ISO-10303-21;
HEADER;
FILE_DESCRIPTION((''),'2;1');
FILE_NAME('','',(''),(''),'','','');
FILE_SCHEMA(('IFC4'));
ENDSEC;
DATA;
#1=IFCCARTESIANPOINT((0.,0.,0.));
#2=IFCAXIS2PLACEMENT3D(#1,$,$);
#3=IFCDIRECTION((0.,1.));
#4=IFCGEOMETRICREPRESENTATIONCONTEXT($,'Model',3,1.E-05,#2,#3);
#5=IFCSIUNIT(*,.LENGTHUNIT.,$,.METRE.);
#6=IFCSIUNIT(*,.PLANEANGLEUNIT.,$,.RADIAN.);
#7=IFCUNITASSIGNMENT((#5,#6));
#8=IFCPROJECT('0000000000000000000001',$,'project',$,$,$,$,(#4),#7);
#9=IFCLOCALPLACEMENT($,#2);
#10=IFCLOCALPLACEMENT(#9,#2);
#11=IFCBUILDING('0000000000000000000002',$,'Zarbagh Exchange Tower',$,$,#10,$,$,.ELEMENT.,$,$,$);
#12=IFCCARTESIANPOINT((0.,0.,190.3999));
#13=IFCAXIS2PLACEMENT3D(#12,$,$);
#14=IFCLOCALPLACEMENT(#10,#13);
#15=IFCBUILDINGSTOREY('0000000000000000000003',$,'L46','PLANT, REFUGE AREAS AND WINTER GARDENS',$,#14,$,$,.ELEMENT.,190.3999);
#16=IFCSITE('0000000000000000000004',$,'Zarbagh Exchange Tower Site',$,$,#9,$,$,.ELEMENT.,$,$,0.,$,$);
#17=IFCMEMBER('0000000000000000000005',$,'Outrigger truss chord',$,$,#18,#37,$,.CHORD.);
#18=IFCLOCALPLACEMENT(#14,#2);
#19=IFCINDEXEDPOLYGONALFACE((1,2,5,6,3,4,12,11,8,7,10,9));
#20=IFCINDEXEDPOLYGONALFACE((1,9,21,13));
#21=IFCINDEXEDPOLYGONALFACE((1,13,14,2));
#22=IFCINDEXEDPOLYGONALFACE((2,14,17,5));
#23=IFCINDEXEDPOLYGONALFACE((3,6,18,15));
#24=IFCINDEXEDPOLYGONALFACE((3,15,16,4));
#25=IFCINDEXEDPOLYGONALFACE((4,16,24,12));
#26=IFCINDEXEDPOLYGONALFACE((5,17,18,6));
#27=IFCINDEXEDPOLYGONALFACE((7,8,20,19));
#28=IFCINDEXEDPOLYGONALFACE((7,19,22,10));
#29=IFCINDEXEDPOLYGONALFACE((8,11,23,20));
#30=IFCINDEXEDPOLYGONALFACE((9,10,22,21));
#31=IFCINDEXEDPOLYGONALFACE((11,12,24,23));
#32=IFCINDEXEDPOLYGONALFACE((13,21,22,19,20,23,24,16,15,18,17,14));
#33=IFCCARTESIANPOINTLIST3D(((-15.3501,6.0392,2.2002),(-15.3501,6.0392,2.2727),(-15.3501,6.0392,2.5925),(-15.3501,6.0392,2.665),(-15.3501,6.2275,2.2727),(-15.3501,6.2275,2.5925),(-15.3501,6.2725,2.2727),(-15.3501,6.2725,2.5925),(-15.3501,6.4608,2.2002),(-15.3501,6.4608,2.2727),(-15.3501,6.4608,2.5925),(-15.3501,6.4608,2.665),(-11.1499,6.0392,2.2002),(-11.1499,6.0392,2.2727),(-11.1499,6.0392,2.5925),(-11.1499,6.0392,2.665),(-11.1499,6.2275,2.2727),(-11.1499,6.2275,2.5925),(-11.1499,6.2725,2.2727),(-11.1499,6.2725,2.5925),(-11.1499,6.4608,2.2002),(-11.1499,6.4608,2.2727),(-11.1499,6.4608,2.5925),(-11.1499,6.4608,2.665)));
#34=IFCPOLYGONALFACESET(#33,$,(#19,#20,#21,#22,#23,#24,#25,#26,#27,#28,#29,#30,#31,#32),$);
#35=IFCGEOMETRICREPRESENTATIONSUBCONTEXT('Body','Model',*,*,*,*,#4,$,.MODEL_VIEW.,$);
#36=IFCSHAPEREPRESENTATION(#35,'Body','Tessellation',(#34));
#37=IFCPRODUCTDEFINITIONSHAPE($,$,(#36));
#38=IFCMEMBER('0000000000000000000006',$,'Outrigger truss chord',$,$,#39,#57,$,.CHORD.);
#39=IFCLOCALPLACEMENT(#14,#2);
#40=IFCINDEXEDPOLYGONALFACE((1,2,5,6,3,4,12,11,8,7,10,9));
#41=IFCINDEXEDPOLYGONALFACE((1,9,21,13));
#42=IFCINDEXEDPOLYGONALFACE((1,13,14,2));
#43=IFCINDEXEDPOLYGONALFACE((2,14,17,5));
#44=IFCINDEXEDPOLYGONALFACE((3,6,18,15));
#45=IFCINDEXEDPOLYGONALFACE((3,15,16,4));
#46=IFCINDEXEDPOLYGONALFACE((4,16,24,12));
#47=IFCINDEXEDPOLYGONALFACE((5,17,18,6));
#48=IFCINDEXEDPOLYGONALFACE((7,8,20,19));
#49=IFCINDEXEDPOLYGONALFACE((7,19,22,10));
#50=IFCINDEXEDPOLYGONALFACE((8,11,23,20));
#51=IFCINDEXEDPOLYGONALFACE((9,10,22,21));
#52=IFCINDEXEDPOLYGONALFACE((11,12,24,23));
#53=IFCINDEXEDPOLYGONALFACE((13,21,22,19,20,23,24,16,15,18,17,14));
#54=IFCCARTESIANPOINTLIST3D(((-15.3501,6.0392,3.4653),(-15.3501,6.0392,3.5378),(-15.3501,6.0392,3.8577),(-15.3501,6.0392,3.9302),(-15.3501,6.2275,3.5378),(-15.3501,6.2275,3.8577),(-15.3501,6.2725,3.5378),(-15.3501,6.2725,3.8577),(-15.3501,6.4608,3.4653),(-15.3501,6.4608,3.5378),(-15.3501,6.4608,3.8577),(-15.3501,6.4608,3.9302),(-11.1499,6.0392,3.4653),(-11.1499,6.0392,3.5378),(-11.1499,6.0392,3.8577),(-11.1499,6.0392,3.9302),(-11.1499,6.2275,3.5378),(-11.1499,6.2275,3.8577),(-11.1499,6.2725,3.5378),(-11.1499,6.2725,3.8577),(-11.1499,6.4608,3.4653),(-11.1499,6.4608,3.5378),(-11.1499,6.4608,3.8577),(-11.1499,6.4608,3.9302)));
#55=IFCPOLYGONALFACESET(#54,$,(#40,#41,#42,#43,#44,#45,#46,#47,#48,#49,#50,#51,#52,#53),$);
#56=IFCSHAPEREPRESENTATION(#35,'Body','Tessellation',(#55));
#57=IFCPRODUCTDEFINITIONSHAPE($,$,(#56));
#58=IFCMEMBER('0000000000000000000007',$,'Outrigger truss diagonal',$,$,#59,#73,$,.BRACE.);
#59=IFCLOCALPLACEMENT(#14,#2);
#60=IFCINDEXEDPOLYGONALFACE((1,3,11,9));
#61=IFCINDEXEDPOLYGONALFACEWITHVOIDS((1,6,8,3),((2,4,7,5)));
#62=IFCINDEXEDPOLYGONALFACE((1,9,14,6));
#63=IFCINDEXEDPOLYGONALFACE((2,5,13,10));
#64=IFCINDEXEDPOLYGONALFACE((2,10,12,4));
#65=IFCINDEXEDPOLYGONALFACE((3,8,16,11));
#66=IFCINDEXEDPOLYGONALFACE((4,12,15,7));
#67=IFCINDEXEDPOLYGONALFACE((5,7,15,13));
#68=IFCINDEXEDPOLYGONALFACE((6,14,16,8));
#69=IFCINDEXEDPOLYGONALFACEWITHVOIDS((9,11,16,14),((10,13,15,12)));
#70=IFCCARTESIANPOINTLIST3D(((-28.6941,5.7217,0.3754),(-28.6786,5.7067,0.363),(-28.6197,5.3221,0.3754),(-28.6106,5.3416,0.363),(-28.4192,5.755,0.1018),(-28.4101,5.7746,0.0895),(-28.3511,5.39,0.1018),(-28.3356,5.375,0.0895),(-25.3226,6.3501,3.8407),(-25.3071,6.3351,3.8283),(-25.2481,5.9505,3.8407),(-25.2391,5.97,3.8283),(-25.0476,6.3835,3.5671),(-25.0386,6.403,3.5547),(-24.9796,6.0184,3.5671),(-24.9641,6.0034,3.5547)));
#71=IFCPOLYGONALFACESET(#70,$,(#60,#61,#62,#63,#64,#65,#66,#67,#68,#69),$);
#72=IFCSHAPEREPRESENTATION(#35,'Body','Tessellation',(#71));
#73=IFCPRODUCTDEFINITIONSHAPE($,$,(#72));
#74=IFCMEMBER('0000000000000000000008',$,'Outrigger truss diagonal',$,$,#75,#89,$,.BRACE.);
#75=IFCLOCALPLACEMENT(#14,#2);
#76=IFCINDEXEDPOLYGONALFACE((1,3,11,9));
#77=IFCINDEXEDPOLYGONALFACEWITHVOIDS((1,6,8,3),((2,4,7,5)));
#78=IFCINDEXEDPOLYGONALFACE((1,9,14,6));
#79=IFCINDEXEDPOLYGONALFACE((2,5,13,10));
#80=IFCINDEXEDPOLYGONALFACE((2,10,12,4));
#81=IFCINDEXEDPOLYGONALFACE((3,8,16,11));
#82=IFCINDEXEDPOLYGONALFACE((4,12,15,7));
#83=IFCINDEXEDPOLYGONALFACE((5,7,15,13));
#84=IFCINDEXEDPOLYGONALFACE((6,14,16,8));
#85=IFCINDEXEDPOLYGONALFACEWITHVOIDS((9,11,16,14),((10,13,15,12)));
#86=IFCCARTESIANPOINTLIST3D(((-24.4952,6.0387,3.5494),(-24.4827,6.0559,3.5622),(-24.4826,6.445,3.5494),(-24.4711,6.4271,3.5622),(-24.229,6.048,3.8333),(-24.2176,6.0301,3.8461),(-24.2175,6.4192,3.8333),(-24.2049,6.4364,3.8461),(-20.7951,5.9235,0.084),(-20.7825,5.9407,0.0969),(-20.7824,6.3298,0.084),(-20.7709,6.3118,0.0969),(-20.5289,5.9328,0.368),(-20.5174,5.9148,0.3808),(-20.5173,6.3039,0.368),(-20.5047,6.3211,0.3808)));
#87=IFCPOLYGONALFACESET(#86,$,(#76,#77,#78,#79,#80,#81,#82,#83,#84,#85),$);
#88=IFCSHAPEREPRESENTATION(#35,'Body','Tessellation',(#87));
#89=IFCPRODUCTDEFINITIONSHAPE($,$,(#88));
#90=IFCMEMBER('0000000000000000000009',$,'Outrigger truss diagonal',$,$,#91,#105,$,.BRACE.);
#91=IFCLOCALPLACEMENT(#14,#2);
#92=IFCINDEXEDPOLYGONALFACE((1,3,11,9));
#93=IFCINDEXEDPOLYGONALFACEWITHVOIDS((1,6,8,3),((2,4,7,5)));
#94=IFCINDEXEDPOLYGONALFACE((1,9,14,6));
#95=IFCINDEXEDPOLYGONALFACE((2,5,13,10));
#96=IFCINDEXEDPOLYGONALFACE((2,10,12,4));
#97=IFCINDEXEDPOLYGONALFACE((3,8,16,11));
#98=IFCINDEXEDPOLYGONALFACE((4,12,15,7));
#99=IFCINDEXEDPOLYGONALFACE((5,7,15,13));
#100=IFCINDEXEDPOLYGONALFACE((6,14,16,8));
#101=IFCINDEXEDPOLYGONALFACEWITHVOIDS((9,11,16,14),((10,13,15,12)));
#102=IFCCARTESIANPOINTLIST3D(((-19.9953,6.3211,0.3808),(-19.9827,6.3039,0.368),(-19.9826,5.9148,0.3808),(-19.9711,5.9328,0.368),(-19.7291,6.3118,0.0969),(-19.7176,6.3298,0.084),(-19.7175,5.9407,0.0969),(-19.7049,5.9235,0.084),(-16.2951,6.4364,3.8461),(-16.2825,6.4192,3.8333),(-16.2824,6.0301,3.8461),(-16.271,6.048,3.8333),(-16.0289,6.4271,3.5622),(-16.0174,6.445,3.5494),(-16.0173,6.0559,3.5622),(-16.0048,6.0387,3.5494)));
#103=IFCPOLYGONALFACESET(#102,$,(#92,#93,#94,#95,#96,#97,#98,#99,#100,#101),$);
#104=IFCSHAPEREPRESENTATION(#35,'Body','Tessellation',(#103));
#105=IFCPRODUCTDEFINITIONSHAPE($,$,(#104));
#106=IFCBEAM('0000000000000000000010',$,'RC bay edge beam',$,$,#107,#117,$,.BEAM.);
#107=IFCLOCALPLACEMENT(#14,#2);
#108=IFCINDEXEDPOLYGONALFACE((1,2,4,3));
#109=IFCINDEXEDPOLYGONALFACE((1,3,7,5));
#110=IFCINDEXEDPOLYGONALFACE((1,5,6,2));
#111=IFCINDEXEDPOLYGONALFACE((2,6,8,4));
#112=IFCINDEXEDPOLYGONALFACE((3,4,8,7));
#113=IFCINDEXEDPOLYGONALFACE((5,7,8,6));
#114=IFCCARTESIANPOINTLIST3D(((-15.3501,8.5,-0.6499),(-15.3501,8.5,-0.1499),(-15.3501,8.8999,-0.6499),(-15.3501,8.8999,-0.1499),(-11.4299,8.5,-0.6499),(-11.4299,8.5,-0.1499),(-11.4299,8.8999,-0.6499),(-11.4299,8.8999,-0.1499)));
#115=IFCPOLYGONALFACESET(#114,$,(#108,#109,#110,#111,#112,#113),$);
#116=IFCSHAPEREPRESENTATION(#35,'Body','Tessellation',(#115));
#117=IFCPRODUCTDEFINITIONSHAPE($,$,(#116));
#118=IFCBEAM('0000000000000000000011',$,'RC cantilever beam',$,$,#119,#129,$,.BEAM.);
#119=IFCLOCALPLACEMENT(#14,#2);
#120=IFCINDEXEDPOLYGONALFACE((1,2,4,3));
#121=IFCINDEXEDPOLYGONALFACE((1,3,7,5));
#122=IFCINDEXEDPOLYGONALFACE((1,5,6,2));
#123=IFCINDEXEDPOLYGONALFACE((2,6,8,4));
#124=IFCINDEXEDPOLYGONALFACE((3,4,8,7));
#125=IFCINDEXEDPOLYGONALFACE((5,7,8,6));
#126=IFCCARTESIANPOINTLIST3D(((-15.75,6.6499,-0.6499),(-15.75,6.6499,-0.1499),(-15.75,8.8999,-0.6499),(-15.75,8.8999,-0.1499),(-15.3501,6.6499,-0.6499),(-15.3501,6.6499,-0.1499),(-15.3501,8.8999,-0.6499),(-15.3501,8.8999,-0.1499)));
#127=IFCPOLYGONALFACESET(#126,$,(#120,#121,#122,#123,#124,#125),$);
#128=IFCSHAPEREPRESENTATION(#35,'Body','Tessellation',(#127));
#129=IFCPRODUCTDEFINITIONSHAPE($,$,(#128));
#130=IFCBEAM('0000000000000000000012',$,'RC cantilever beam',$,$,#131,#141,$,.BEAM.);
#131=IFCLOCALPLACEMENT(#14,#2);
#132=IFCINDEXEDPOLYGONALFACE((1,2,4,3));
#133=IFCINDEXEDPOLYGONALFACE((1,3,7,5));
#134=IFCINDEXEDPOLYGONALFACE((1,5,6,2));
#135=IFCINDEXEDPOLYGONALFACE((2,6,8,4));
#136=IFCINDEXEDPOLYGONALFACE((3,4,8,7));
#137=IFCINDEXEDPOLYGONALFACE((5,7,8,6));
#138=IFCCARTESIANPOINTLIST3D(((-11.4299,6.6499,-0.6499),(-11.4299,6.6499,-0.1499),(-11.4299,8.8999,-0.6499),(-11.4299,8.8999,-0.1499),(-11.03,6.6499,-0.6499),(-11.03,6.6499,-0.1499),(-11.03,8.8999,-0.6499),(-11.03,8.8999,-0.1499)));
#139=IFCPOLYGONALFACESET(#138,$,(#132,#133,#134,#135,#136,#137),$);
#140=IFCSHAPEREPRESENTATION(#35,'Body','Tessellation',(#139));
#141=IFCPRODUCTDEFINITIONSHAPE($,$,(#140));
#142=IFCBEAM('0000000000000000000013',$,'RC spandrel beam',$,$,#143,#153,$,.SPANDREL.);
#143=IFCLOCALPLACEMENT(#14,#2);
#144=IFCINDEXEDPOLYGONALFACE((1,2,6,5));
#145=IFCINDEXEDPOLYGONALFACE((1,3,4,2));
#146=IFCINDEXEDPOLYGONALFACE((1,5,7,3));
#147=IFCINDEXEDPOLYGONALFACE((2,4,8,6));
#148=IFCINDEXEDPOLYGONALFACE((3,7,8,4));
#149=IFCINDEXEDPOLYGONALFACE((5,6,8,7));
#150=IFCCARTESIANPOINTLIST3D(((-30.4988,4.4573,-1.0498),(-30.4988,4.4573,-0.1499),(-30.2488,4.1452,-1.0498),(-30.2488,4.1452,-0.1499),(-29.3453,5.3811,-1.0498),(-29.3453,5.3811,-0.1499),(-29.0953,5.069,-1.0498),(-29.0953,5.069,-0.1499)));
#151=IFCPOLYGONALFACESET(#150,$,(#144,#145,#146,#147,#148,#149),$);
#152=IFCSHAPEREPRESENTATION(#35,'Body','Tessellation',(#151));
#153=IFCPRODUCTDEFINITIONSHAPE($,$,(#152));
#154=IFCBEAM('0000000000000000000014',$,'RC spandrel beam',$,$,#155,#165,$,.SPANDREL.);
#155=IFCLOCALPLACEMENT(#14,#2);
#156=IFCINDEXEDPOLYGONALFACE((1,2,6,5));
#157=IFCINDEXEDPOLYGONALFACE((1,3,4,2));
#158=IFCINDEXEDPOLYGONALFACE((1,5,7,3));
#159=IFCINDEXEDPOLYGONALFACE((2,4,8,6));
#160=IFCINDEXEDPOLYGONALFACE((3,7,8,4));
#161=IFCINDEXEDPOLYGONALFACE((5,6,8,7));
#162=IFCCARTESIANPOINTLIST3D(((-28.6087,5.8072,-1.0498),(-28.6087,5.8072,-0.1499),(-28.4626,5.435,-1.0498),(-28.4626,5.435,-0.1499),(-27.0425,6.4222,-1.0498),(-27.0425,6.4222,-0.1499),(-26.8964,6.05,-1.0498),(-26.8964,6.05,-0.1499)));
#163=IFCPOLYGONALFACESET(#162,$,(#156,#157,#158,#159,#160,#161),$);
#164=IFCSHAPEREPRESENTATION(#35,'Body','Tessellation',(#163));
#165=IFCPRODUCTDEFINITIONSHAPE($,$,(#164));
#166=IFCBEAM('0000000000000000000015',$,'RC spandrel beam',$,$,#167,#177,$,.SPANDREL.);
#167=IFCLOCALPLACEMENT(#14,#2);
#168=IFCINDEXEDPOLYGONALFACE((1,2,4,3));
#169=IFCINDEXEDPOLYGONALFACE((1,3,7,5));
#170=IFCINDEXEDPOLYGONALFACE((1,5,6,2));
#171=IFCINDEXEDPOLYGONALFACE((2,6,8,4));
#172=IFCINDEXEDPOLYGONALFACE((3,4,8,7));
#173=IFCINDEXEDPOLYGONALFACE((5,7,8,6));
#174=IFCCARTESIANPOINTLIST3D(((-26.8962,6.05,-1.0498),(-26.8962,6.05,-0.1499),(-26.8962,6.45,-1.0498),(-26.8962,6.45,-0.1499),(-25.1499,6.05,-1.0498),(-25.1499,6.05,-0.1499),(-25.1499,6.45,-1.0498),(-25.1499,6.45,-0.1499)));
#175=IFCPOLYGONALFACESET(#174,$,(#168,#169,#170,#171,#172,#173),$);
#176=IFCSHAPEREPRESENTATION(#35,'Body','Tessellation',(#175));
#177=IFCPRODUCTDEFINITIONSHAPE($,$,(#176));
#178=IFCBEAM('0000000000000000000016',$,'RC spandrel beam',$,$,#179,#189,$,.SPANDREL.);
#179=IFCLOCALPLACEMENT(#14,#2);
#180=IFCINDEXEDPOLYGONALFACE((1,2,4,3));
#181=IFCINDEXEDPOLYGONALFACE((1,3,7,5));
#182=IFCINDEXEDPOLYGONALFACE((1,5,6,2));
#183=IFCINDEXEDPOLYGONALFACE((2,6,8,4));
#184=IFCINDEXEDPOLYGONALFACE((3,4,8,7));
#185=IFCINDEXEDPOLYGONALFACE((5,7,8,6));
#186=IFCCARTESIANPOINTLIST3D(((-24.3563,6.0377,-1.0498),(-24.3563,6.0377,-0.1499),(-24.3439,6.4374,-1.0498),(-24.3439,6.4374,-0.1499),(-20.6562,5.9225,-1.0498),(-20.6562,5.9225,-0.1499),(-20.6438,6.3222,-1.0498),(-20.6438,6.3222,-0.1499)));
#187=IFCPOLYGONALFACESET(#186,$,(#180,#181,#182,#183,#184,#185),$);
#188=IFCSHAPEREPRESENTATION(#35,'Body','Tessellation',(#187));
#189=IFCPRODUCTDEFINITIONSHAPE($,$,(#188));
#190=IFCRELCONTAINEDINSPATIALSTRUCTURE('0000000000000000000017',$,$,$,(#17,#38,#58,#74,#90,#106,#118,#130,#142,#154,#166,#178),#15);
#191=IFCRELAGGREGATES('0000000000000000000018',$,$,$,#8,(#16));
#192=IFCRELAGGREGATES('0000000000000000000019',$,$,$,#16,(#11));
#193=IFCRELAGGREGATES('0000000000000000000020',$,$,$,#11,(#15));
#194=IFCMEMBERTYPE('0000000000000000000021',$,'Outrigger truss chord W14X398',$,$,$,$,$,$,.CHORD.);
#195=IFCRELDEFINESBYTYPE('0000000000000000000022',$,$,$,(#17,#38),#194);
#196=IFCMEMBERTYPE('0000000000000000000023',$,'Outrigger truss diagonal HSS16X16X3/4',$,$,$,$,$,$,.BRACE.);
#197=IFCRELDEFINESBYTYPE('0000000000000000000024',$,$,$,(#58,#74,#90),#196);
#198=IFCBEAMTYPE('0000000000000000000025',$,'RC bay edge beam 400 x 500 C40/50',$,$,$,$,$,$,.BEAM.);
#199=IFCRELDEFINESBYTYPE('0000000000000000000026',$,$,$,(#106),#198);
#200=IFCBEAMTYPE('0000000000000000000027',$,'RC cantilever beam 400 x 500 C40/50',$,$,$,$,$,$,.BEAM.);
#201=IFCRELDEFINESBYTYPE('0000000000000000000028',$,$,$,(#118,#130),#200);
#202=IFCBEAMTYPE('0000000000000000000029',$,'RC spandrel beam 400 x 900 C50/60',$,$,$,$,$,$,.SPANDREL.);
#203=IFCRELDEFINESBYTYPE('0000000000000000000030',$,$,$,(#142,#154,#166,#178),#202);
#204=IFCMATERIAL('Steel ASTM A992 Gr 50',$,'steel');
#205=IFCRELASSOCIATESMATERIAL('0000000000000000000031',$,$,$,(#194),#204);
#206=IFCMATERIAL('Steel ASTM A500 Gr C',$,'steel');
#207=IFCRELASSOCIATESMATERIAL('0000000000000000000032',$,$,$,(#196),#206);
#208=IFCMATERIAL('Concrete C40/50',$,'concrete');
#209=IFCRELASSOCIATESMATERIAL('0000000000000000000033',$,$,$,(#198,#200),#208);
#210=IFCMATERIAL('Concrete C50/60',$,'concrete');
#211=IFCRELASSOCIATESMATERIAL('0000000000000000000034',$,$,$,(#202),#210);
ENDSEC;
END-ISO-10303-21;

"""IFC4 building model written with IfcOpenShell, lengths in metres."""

from ifc_helpers import new_model, si_unit, direction, frame, origin, origin_2d, place, context, subcontext, project, spatial, rectangle, hollow_rectangle, i_section, extrude, material, material_profile, profile_set, type_object, element, save


model = new_model("IFC4")

# Units and contexts
model_context = context("Model", 3, precision=1e-05, world=origin(), true_north=direction((0.0, 1.0)))
body_context = subcontext(model_context, "Body", "Model", "MODEL_VIEW")
ifc_project = project(units=[si_unit("LENGTHUNIT", "METRE"), si_unit("PLANEANGLEUNIT", "RADIAN")], contexts=[model_context])

# Site, building, storey
site_placement = place(None, origin())
site = spatial("IfcSite", under=ifc_project, at=site_placement, Name="Zarbagh Exchange Tower Site", CompositionType="ELEMENT", RefElevation=0.0)
building_placement = place(site_placement, origin())
building = spatial("IfcBuilding", under=site, at=building_placement, Name="Zarbagh Exchange Tower", CompositionType="ELEMENT")
storey_placement = place(building_placement, frame((0.0, 0.0, 190.3999)))
storey = spatial("IfcBuildingStorey", under=building, at=storey_placement, Name="L46", Description="PLANT, REFUGE AREAS AND WINTER GARDENS", CompositionType="ELEMENT", Elevation=190.3999)

# Shared definitions
ifc_material_1 = material(Name="Concrete C50/60", Category="concrete")

# Members
ifc_material_2 = material(Name="Steel ASTM A500 Gr C", Category="steel")
ifc_material_3 = material(Name="Steel ASTM A992 Gr 50", Category="steel")
ifc_material_profile_1 = material_profile(ifc_material_3, i_section(OverallWidth=0.4216, OverallDepth=0.4648, WebThickness=0.0449, FlangeThickness=0.0725, at=origin_2d()), Name="W14X398")
ifc_profile_set_1 = profile_set([ifc_material_profile_1], Name="Steel ASTM A992 Gr 50")
member_type_1 = type_object("IfcMemberType", Name="Outrigger truss chord W14X398", PredefinedType="CHORD", material=ifc_profile_set_1)
for number, where, z_axis, x_axis, name in (
    (1, (-15.3501, 6.25, 2.4326), (1.0, 0.0, 0.0), (0.0, 1.0, 0.0), "Outrigger truss chord"),
    (2, (-15.3501, 6.25, 3.6978), (1.0, 0.0, 0.0), (0.0, 1.0, 0.0), "Outrigger truss chord"),
):
    element("IfcMember", number, at=place(storey_placement, frame(where, z_axis=z_axis, x_axis=x_axis)), inside=storey, type_object=member_type_1, Name=name, PredefinedType="CHORD", context=body_context, shape_type="SweptSolid", body=[
        extrude(i_section(OverallWidth=0.4216, OverallDepth=0.4648, WebThickness=0.0449, FlangeThickness=0.0725, at=origin_2d()), origin(), (0.0, 0.0, 1.0), 4.2002),
    ])
ifc_material_profile_2 = material_profile(ifc_material_2, hollow_rectangle(XDim=0.4065, YDim=0.4065, WallThickness=0.0176, at=origin_2d()), Name="HSS16X16X3/4")
ifc_profile_set_2 = profile_set([ifc_material_profile_2], Name="Steel ASTM A500 Gr C")
member_type_2 = type_object("IfcMemberType", Name="Outrigger truss diagonal HSS16X16X3/4", PredefinedType="BRACE", material=ifc_profile_set_2)
member_1_placement = place(storey_placement, frame((-28.5149, 5.5483, 0.2324), z_axis=(0.691528, 0.128892, 0.710757), x_axis=(-0.183231, 0.98307, 0.0)))
element("IfcMember", 3, at=member_1_placement, inside=storey, type_object=member_type_2, Name="Outrigger truss diagonal", PredefinedType="BRACE", context=body_context, shape_type="SweptSolid", body=[
    extrude(hollow_rectangle(XDim=0.4065, YDim=0.4065, WallThickness=0.0176, at=origin_2d()), origin(), (0.0, 0.0, 1.0), 4.8755),
])
for number, where, z_axis, x_axis, name in (
    (4, (-20.6499, 6.1223, 0.2324), (-0.729703, 0.022725, 0.683386), (-0.031128, -0.999515, 0.0), "Outrigger truss diagonal"),
    (5, (-19.8501, 6.1223, 0.2324), (0.729703, 0.022725, 0.683386), (-0.031128, 0.999515, 0.0), "Outrigger truss diagonal"),
):
    element("IfcMember", number, at=place(storey_placement, frame(where, z_axis=z_axis, x_axis=x_axis)), inside=storey, type_object=member_type_2, Name=name, PredefinedType="BRACE", context=body_context, shape_type="SweptSolid", body=[
        extrude(hollow_rectangle(XDim=0.4065, YDim=0.4065, WallThickness=0.0176, at=origin_2d()), origin(), (0.0, 0.0, 1.0), 5.0708),
    ])

# Beams
ifc_material_4 = material(Name="Concrete C40/50", Category="concrete")
ifc_material_profile_3 = material_profile(ifc_material_4, rectangle(XDim=0.3999, YDim=0.5, at=origin_2d()), Name="RC bay edge beam 400 x 500 C40/50")
ifc_profile_set_3 = profile_set([ifc_material_profile_3], Name="Concrete C40/50")
beam_type_1 = type_object("IfcBeamType", Name="RC bay edge beam 400 x 500 C40/50", PredefinedType="BEAM", material=ifc_profile_set_3)
beam_1_placement = place(storey_placement, frame((-15.3501, 8.7, -0.3999), z_axis=(1.0, 0.0, 0.0), x_axis=(0.0, 1.0, 0.0)))
element("IfcBeam", 6, at=beam_1_placement, inside=storey, type_object=beam_type_1, Name="RC bay edge beam", PredefinedType="BEAM", context=body_context, shape_type="SweptSolid", body=[
    extrude(rectangle(XDim=0.3999, YDim=0.5, at=origin_2d()), origin(), (0.0, 0.0, 1.0), 3.9202),
])
ifc_material_profile_4 = material_profile(ifc_material_4, rectangle(XDim=0.3999, YDim=0.5, at=origin_2d()), Name="RC cantilever beam 400 x 500 C40/50")
ifc_profile_set_4 = profile_set([ifc_material_profile_4], Name="Concrete C40/50")
beam_type_2 = type_object("IfcBeamType", Name="RC cantilever beam 400 x 500 C40/50", PredefinedType="BEAM", material=ifc_profile_set_4)
for number, where, z_axis, x_axis, name in (
    (7, (-15.55, 6.6499, -0.3999), (0.0, 1.0, 0.0), (-1.0, 0.0, 0.0), "RC cantilever beam"),
    (8, (-11.23, 6.6499, -0.3999), (0.0, 1.0, 0.0), (-1.0, 0.0, 0.0), "RC cantilever beam"),
):
    element("IfcBeam", number, at=place(storey_placement, frame(where, z_axis=z_axis, x_axis=x_axis)), inside=storey, type_object=beam_type_2, Name=name, PredefinedType="BEAM", context=body_context, shape_type="SweptSolid", body=[
        extrude(rectangle(XDim=0.3999, YDim=0.5, at=origin_2d()), origin(), (0.0, 0.0, 1.0), 2.25),
    ])
ifc_material_profile_5 = material_profile(ifc_material_1, rectangle(XDim=0.3999, YDim=0.8999, at=origin_2d()), Name="RC spandrel beam 400 x 900 C50/60")
ifc_profile_set_5 = profile_set([ifc_material_profile_5], Name="Concrete C50/60")
beam_type_3 = type_object("IfcBeamType", Name="RC spandrel beam 400 x 900 C50/60", PredefinedType="SPANDREL", material=ifc_profile_set_5)
beam_2_placement = place(storey_placement, frame((-30.3738, 4.3013, -0.5999), z_axis=(0.780546, 0.625098, 0.0), x_axis=(-0.625098, 0.780546, 0.0)))
element("IfcBeam", 9, at=beam_2_placement, inside=storey, type_object=beam_type_3, Name="RC spandrel beam", PredefinedType="SPANDREL", context=body_context, shape_type="SweptSolid", body=[
    extrude(rectangle(XDim=0.3999, YDim=0.8999, at=origin_2d()), origin(), (0.0, 0.0, 1.0), 1.4778),
])
beam_3_placement = place(storey_placement, frame((-28.5356, 5.6211, -0.5999), z_axis=(0.93081, 0.365504, 0.0), x_axis=(-0.365504, 0.93081, 0.0)))
element("IfcBeam", 10, at=beam_3_placement, inside=storey, type_object=beam_type_3, Name="RC spandrel beam", PredefinedType="SPANDREL", context=body_context, shape_type="SweptSolid", body=[
    extrude(rectangle(XDim=0.3999, YDim=0.8999, at=origin_2d()), origin(), (0.0, 0.0, 1.0), 1.6826),
])
beam_4_placement = place(storey_placement, frame((-26.8962, 6.25, -0.5999), z_axis=(1.0, 0.0, 0.0), x_axis=(0.0, 1.0, 0.0)))
element("IfcBeam", 11, at=beam_4_placement, inside=storey, type_object=beam_type_3, Name="RC spandrel beam", PredefinedType="SPANDREL", context=body_context, shape_type="SweptSolid", body=[
    extrude(rectangle(XDim=0.3999, YDim=0.8999, at=origin_2d()), origin(), (0.0, 0.0, 1.0), 1.7463),
])
for number, where, z_axis, x_axis, name in (
    (12, (-24.3501, 6.2375, -0.5999), (0.999515, -0.031128, 0.0), (0.031128, 0.999515, 0.0), "RC spandrel beam"),
):
    element("IfcBeam", number, at=place(storey_placement, frame(where, z_axis=z_axis, x_axis=x_axis)), inside=storey, type_object=beam_type_3, Name=name, PredefinedType="SPANDREL", context=body_context, shape_type="SweptSolid", body=[
        extrude(rectangle(XDim=0.3999, YDim=0.8999, at=origin_2d()), origin(), (0.0, 0.0, 1.0), 3.7019),
    ])

save(model, "model.ifc")
